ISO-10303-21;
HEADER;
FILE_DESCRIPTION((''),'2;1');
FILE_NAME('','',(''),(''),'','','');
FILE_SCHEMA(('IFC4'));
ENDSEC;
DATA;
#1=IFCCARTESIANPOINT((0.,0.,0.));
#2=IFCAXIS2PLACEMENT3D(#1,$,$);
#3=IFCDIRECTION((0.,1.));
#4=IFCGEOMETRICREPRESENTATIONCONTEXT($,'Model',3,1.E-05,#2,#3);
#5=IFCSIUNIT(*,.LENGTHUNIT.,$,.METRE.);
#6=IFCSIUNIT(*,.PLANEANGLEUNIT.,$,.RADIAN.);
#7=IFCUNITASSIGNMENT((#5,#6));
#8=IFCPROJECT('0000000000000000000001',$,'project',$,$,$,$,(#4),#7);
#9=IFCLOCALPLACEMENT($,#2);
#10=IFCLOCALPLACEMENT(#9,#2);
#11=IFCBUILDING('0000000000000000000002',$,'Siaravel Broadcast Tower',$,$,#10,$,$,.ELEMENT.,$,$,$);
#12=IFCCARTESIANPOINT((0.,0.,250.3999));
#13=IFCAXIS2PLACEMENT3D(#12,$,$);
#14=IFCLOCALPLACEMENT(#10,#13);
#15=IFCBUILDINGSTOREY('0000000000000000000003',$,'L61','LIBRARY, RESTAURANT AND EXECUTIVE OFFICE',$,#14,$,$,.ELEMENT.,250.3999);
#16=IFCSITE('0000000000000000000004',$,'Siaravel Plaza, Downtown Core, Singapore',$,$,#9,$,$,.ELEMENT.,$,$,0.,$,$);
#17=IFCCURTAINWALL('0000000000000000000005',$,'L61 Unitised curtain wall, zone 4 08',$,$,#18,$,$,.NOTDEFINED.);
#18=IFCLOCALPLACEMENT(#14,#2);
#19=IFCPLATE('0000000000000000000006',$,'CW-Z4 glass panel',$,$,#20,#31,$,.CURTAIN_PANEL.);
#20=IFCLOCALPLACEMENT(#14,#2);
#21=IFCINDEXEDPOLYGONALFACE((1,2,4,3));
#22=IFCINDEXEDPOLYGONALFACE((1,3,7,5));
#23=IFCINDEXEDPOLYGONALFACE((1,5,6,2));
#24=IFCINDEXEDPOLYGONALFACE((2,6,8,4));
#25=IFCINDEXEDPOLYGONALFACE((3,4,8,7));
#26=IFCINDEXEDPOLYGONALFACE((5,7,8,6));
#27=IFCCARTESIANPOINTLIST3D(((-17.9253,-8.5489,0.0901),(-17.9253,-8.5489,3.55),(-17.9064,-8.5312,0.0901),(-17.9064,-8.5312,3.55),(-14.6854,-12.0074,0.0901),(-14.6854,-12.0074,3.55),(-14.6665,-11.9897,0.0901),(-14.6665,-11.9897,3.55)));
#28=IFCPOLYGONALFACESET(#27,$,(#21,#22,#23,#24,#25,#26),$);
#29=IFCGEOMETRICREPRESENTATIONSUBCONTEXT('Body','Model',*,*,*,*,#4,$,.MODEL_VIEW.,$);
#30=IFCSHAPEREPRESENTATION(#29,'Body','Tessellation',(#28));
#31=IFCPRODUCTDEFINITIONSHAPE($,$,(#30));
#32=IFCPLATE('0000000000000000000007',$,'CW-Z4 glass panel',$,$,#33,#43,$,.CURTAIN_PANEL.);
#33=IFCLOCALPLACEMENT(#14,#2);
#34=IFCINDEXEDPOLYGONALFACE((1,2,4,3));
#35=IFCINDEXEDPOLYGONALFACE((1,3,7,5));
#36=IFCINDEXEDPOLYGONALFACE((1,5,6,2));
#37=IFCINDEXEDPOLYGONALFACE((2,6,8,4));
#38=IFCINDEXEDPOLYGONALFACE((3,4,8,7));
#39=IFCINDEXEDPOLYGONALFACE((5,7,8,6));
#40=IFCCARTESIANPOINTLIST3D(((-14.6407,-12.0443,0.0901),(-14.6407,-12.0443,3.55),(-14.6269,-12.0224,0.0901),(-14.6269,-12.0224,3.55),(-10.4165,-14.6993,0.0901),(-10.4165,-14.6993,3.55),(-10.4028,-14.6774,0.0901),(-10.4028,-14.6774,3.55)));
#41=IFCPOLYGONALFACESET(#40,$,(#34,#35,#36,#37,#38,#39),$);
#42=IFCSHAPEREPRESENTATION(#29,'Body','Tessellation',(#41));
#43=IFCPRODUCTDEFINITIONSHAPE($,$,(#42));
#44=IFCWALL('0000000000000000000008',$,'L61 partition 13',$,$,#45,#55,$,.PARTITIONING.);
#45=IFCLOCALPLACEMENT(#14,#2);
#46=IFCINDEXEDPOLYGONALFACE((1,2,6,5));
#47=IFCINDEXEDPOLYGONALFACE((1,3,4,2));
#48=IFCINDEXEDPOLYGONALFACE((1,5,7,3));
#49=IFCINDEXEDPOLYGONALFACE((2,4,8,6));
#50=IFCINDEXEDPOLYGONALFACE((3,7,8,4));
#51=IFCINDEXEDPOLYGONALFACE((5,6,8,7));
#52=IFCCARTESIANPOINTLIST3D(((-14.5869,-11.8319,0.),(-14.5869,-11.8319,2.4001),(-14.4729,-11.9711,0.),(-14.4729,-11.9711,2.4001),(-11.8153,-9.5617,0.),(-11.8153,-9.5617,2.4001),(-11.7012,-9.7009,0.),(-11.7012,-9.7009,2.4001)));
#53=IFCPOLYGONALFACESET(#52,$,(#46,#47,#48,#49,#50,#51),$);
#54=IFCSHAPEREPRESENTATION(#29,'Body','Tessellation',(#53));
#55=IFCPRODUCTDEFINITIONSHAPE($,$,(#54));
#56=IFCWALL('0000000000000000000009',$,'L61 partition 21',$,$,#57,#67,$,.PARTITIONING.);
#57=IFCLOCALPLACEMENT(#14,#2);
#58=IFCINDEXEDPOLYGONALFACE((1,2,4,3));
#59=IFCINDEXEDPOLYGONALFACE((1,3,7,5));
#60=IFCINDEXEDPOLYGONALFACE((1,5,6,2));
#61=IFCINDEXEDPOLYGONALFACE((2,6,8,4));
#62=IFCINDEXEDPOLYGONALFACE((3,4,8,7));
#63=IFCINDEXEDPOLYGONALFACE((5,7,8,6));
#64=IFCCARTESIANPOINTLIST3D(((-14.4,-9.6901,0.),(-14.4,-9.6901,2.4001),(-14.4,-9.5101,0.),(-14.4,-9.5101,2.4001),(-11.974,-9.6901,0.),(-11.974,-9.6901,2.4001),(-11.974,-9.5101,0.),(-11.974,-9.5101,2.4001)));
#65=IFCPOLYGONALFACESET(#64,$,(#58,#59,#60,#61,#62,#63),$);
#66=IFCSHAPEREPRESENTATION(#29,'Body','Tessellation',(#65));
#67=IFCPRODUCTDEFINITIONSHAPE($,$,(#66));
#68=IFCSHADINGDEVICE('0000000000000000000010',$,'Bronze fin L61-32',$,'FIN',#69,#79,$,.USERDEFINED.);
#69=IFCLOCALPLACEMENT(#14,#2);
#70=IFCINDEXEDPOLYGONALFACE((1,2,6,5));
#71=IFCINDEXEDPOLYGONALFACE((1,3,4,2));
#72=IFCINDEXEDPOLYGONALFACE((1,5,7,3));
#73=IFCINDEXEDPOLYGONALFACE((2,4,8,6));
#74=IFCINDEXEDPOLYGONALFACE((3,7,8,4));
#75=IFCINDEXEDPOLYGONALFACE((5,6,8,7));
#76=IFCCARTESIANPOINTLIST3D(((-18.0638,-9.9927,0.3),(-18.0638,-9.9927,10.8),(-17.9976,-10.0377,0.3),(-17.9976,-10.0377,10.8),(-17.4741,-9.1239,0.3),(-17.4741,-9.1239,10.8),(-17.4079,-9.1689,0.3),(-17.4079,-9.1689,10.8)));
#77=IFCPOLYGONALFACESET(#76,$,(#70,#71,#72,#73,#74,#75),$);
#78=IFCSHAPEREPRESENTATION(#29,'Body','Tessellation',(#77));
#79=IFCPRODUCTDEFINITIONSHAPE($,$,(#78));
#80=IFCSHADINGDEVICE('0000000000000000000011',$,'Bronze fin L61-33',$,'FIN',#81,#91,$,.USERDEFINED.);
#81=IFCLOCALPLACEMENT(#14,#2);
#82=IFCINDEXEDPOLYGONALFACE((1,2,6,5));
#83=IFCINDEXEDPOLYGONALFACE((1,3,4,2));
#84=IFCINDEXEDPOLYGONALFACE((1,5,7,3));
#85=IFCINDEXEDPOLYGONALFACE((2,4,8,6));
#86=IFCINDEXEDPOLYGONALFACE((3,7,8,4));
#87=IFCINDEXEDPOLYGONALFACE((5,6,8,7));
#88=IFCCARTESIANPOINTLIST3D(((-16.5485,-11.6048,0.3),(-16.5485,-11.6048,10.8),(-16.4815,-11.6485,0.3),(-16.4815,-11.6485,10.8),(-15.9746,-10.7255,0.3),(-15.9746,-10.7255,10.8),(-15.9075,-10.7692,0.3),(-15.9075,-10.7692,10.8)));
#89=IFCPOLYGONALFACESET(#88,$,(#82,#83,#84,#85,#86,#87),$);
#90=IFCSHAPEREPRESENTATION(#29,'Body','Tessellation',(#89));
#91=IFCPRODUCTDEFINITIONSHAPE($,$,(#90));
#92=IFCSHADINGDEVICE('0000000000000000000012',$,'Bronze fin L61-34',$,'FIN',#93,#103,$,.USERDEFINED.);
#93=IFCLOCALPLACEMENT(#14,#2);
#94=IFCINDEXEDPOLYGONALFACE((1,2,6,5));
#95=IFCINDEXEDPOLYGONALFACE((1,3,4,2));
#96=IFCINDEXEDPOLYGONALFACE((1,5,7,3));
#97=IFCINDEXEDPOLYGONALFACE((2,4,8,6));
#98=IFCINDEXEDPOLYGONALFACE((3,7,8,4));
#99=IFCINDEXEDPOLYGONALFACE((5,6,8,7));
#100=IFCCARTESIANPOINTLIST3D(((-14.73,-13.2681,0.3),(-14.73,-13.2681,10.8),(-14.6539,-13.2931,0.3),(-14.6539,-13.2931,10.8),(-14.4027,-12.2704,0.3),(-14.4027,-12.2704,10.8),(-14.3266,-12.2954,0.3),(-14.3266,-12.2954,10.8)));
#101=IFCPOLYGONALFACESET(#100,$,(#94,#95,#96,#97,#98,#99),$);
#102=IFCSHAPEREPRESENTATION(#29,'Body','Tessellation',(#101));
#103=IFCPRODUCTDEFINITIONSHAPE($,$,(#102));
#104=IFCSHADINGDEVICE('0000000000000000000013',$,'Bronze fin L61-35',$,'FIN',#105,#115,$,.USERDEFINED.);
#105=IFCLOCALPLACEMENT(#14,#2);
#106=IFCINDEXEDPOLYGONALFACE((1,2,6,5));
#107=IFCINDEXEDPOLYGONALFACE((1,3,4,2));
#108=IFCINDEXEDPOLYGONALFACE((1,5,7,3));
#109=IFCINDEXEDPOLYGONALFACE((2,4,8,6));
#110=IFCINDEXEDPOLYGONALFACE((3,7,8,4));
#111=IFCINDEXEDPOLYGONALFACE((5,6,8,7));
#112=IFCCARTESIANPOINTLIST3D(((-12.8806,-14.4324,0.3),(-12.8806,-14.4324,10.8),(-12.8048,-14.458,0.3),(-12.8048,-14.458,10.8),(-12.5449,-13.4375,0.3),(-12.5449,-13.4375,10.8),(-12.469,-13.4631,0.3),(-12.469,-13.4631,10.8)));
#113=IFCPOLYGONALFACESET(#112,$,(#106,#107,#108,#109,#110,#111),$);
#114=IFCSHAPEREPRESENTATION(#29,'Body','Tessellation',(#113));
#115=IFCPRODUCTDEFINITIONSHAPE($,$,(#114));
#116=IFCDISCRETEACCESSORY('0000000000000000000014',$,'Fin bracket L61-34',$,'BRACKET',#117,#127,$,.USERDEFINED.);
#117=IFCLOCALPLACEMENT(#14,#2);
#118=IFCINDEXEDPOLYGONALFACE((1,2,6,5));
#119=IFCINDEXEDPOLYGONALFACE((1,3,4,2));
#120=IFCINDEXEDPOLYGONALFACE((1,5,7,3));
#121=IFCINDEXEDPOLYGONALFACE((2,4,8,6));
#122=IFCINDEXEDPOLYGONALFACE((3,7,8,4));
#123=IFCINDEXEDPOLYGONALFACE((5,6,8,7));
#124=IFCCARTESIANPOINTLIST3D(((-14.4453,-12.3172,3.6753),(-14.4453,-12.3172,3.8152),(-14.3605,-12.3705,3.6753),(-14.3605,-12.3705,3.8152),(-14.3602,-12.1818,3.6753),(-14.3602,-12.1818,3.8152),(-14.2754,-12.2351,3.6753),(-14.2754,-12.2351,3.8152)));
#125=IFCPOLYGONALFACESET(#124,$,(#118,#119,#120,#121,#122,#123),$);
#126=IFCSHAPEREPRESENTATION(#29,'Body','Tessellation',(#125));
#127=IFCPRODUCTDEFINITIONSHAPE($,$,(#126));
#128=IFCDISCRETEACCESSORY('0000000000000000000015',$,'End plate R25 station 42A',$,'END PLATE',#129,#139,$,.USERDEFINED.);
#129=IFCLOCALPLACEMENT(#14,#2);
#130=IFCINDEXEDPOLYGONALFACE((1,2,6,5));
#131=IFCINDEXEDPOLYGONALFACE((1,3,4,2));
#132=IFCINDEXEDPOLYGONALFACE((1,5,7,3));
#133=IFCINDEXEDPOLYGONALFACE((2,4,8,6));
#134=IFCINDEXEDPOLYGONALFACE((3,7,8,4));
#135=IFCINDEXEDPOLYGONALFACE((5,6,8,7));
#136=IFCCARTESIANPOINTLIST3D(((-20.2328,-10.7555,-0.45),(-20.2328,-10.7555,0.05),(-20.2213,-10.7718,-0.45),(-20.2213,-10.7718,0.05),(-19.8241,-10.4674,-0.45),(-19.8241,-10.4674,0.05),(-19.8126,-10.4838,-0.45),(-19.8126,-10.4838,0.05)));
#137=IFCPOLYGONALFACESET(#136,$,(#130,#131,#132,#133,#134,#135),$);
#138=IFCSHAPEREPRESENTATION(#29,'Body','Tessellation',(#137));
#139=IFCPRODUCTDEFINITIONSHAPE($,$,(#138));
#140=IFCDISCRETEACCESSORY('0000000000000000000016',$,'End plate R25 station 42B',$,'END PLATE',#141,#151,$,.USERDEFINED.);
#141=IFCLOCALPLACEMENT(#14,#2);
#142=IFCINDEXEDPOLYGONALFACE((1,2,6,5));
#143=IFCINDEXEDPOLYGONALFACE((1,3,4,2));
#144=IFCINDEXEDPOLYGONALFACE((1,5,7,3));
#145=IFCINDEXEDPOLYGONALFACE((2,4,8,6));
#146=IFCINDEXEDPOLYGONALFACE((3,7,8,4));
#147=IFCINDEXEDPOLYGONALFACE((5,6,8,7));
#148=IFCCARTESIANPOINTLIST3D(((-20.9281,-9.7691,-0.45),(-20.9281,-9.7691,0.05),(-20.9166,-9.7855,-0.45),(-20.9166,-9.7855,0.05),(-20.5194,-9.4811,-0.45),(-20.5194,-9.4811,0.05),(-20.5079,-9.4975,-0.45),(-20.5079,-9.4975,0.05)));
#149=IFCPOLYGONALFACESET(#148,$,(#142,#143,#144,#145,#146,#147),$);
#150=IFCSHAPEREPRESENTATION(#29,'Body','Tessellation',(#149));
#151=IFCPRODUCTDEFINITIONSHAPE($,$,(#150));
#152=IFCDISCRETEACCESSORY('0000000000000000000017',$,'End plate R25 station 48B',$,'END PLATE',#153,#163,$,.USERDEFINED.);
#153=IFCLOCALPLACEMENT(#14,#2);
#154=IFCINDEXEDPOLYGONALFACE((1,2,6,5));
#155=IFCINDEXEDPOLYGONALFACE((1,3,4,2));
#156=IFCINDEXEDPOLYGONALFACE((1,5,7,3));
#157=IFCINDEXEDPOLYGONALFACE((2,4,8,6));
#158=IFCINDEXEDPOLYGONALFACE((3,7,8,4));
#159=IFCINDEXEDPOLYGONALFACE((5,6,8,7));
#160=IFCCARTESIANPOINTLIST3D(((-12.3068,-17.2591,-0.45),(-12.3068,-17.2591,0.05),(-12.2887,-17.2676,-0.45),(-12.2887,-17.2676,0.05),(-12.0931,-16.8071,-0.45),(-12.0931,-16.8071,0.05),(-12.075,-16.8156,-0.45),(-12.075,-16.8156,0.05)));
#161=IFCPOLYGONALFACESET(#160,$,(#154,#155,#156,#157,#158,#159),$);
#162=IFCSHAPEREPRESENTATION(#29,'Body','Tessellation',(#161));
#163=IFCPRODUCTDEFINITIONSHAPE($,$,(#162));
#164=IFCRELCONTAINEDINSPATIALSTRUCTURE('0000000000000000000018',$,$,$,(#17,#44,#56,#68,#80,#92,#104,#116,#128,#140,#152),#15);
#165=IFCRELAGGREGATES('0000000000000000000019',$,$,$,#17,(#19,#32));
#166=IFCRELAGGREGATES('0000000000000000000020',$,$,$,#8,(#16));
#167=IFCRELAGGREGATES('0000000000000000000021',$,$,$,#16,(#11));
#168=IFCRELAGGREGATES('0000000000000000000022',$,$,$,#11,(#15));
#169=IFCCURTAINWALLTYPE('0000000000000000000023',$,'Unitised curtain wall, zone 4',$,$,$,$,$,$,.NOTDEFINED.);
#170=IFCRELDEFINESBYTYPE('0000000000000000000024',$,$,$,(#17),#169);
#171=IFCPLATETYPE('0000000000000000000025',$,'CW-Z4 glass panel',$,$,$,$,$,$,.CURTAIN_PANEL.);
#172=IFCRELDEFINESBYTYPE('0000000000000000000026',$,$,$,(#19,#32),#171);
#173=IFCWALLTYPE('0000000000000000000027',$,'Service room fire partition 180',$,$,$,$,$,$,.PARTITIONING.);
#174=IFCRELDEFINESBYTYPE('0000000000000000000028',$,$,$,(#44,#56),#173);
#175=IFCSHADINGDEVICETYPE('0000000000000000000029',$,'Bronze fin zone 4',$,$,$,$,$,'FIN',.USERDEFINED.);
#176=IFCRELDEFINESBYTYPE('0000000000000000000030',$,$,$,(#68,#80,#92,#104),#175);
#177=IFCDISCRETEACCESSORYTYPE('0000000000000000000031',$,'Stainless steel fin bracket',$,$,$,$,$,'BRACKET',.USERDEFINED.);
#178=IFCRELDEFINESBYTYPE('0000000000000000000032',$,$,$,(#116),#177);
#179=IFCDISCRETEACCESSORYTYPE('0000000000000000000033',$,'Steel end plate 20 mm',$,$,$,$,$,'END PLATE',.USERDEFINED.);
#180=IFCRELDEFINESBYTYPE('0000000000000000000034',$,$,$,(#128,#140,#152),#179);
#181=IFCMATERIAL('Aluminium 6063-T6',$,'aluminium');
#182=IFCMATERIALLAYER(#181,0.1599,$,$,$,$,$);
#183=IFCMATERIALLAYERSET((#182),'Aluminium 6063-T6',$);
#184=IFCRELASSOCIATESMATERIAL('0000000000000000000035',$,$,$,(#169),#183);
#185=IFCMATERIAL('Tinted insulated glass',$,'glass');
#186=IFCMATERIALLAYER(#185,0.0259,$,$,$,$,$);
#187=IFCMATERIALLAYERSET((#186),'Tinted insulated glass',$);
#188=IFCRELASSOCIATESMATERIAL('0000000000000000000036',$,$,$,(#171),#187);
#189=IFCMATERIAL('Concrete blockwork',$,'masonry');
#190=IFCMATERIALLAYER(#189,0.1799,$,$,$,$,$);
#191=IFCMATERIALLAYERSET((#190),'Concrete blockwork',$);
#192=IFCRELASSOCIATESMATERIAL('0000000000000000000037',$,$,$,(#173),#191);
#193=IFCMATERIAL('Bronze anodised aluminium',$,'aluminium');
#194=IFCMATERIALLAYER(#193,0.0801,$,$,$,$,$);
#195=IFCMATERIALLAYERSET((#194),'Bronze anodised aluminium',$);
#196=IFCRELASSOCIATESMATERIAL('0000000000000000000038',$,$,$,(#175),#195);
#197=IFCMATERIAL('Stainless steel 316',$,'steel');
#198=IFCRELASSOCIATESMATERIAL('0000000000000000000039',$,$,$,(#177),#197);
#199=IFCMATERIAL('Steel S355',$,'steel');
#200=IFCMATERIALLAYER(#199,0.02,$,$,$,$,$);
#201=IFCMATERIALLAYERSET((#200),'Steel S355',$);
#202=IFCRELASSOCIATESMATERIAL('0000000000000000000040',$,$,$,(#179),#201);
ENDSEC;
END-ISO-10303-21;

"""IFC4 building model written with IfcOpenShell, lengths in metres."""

from ifc_helpers import new_model, si_unit, direction, frame, frame_2d, origin, origin_2d, place, context, subcontext, project, spatial, rectangle, extrude, material, layer, layer_set, type_object, element, aggregate, save


model = new_model("IFC4")

# Units and contexts
model_context = context("Model", 3, precision=1e-05, world=origin(), true_north=direction((0.0, 1.0)))
body_context = subcontext(model_context, "Body", "Model", "MODEL_VIEW")
ifc_project = project(units=[si_unit("LENGTHUNIT", "METRE"), si_unit("PLANEANGLEUNIT", "RADIAN")], contexts=[model_context])

# Site, building, storey
site_placement = place(None, origin())
site = spatial("IfcSite", under=ifc_project, at=site_placement, Name="Siaravel Plaza, Downtown Core, Singapore", CompositionType="ELEMENT", RefElevation=0.0)
building_placement = place(site_placement, origin())
building = spatial("IfcBuilding", under=site, at=building_placement, Name="Siaravel Broadcast Tower", CompositionType="ELEMENT")
storey_placement = place(building_placement, frame((0.0, 0.0, 250.3999)))
storey = spatial("IfcBuildingStorey", under=building, at=storey_placement, Name="L61", Description="LIBRARY, RESTAURANT AND EXECUTIVE OFFICE", CompositionType="ELEMENT", Elevation=250.3999)

# Shared definitions
ifc_material_1 = material(Name="Steel S355", Category="steel")

# Curtain wall
ifc_material_2 = material(Name="Aluminium 6063-T6", Category="aluminium")
ifc_layer_1 = layer(ifc_material_2, 0.1599)
ifc_layer_set_1 = layer_set([ifc_layer_1], Name="Aluminium 6063-T6")
curtain_wall_type = type_object("IfcCurtainWallType", Name="Unitised curtain wall, zone 4", PredefinedType="NOTDEFINED", material=ifc_layer_set_1)
curtain_wall_placement = place(storey_placement, origin())
curtain_wall = element("IfcCurtainWall", 1, at=curtain_wall_placement, inside=storey, type_object=curtain_wall_type, Name="L61 Unitised curtain wall, zone 4 08", PredefinedType="NOTDEFINED")

# Plates
ifc_material_3 = material(Name="Tinted insulated glass", Category="glass")
ifc_layer_2 = layer(ifc_material_3, 0.0259)
ifc_layer_set_2 = layer_set([ifc_layer_2], Name="Tinted insulated glass")
plate_type = type_object("IfcPlateType", Name="CW-Z4 glass panel", PredefinedType="CURTAIN_PANEL", material=ifc_layer_set_2)
plate_1_placement = place(storey_placement, frame((-16.2959, -10.2693, 0.0901), z_axis=(0.0, 0.0, 1.0), x_axis=(0.683654, -0.729807, 0.0)))
plate_1 = element("IfcPlate", 2, at=plate_1_placement, type_object=plate_type, Name="CW-Z4 glass panel", PredefinedType="CURTAIN_PANEL", context=body_context, shape_type="SweptSolid", body=[
    extrude(rectangle(XDim=4.739, YDim=0.0259, at=origin_2d()), origin(), (0.0, 0.0, 1.0), 3.46),
])
plate_2_placement = place(storey_placement, frame((-12.5217, -13.3608, 0.0901), z_axis=(0.0, 0.0, 1.0), x_axis=(0.84665, -0.532151, 0.0)))
plate_2 = element("IfcPlate", 3, at=plate_2_placement, type_object=plate_type, Name="CW-Z4 glass panel", PredefinedType="CURTAIN_PANEL", context=body_context, shape_type="SweptSolid", body=[
    extrude(rectangle(XDim=4.9893, YDim=0.0259, at=origin_2d()), origin(), (0.0, 0.0, 1.0), 3.46),
])
aggregate(curtain_wall, [plate_1, plate_2])

# Walls
ifc_material_4 = material(Name="Concrete blockwork", Category="masonry")
ifc_layer_3 = layer(ifc_material_4, 0.1799)
ifc_layer_set_3 = layer_set([ifc_layer_3], Name="Concrete blockwork")
wall_type = type_object("IfcWallType", Name="Service room fire partition 180", PredefinedType="PARTITIONING", material=ifc_layer_set_3)
wall_1_placement = place(storey_placement, frame((-14.53, -11.9016, 0.0), z_axis=(0.0, 0.0, 1.0), x_axis=(0.773617, 0.633653, 0.0)))
element("IfcWall", 4, at=wall_1_placement, inside=storey, type_object=wall_type, Name="L61 partition 13", PredefinedType="PARTITIONING", context=body_context, shape_type="SweptSolid", body=[
    extrude(rectangle(XDim=3.5828, YDim=0.1799, at=frame_2d((1.7915, 0.0))), origin(), (0.0, 0.0, 1.0), 2.4001),
])
wall_2_placement = place(storey_placement, frame((-14.3999, -9.6001, 0.0), z_axis=(0.0, 0.0, 1.0), x_axis=(1.0, 0.0, 0.0)))
element("IfcWall", 5, at=wall_2_placement, inside=storey, type_object=wall_type, Name="L61 partition 21", PredefinedType="PARTITIONING", context=body_context, shape_type="SweptSolid", body=[
    extrude(rectangle(XDim=2.426, YDim=0.1799, at=frame_2d((1.2129, 0.0))), origin(), (0.0, 0.0, 1.0), 2.4001),
])

# Shading devices
ifc_material_5 = material(Name="Bronze anodised aluminium", Category="aluminium")
ifc_layer_4 = layer(ifc_material_5, 0.0801)
ifc_layer_set_4 = layer_set([ifc_layer_4], Name="Bronze anodised aluminium")
shading_device_type = type_object("IfcShadingDeviceType", Name="Bronze fin zone 4", ElementType="FIN", PredefinedType="USERDEFINED", material=ifc_layer_set_4)
for number, where, z_axis, x_axis, name in (
    (6, (-17.7358, -9.5808, 0.3), (0.0, 0.0, 1.0), (-0.561614, -0.827399, 0.0), "Bronze fin L61-32"),
    (7, (-16.228, -11.187, 0.3), (0.0, 0.0, 1.0), (-0.546609, -0.837388, 0.0), "Bronze fin L61-33"),
    (8, (-14.5283, -12.7817, 0.3), (0.0, 0.0, 1.0), (-0.311713, -0.950176, 0.0), "Bronze fin L61-34"),
    (9, (-12.6748, -13.9478, 0.3), (0.0, 0.0, 1.0), (-0.319773, -0.947494, 0.0), "Bronze fin L61-35"),
):
    element("IfcShadingDevice", number, at=place(storey_placement, frame(where, z_axis=z_axis, x_axis=x_axis)), inside=storey, type_object=shading_device_type, Name=name, ObjectType="FIN", PredefinedType="USERDEFINED", context=body_context, shape_type="SweptSolid", body=[
        extrude(rectangle(XDim=1.05, YDim=0.0801, at=origin_2d()), origin(), (0.0, 0.0, 1.0), 10.5),
    ])

# Discrete accessories
ifc_material_6 = material(Name="Stainless steel 316", Category="steel")
discrete_accessory_type_1 = type_object("IfcDiscreteAccessoryType", Name="Stainless steel fin bracket", ElementType="BRACKET", PredefinedType="USERDEFINED", material=ifc_material_6)
discrete_accessory_placement = place(storey_placement, frame((-14.3604, -12.2761, 3.6753), z_axis=(0.0, 0.0, 1.0), x_axis=(-0.532151, -0.84665, 0.0)))
element("IfcDiscreteAccessory", 10, at=discrete_accessory_placement, inside=storey, type_object=discrete_accessory_type_1, Name="Fin bracket L61-34", ObjectType="BRACKET", PredefinedType="USERDEFINED", context=body_context, shape_type="SweptSolid", body=[
    extrude(rectangle(XDim=0.1599, YDim=0.1001, at=origin_2d()), origin(), (0.0, 0.0, 1.0), 0.1399),
])
ifc_layer_5 = layer(ifc_material_1, 0.02)
ifc_layer_set_5 = layer_set([ifc_layer_5], Name="Steel S355")
discrete_accessory_type_2 = type_object("IfcDiscreteAccessoryType", Name="Steel end plate 20 mm", ElementType="END PLATE", PredefinedType="USERDEFINED", material=ifc_layer_set_5)
for number, where, z_axis, x_axis, name in (
    (11, (-20.0227, -10.6196, -0.45), (0.0, 0.0, 1.0), (0.576119, -0.817366, 0.0), "End plate R25 station 42A"),
    (12, (-20.718, -9.6333, -0.45), (0.0, 0.0, 1.0), (0.576119, -0.817366, 0.0), "End plate R25 station 42B"),
    (13, (-12.1909, -17.0374, -0.45), (0.0, 0.0, 1.0), (0.904006, -0.427519, 0.0), "End plate R25 station 48B"),
):
    element("IfcDiscreteAccessory", number, at=place(storey_placement, frame(where, z_axis=z_axis, x_axis=x_axis)), inside=storey, type_object=discrete_accessory_type_2, Name=name, ObjectType="END PLATE", PredefinedType="USERDEFINED", context=body_context, shape_type="SweptSolid", body=[
        extrude(rectangle(XDim=0.02, YDim=0.5, at=origin_2d()), origin(), (0.0, 0.0, 1.0), 0.5),
    ])

save(model, "model.ifc")
